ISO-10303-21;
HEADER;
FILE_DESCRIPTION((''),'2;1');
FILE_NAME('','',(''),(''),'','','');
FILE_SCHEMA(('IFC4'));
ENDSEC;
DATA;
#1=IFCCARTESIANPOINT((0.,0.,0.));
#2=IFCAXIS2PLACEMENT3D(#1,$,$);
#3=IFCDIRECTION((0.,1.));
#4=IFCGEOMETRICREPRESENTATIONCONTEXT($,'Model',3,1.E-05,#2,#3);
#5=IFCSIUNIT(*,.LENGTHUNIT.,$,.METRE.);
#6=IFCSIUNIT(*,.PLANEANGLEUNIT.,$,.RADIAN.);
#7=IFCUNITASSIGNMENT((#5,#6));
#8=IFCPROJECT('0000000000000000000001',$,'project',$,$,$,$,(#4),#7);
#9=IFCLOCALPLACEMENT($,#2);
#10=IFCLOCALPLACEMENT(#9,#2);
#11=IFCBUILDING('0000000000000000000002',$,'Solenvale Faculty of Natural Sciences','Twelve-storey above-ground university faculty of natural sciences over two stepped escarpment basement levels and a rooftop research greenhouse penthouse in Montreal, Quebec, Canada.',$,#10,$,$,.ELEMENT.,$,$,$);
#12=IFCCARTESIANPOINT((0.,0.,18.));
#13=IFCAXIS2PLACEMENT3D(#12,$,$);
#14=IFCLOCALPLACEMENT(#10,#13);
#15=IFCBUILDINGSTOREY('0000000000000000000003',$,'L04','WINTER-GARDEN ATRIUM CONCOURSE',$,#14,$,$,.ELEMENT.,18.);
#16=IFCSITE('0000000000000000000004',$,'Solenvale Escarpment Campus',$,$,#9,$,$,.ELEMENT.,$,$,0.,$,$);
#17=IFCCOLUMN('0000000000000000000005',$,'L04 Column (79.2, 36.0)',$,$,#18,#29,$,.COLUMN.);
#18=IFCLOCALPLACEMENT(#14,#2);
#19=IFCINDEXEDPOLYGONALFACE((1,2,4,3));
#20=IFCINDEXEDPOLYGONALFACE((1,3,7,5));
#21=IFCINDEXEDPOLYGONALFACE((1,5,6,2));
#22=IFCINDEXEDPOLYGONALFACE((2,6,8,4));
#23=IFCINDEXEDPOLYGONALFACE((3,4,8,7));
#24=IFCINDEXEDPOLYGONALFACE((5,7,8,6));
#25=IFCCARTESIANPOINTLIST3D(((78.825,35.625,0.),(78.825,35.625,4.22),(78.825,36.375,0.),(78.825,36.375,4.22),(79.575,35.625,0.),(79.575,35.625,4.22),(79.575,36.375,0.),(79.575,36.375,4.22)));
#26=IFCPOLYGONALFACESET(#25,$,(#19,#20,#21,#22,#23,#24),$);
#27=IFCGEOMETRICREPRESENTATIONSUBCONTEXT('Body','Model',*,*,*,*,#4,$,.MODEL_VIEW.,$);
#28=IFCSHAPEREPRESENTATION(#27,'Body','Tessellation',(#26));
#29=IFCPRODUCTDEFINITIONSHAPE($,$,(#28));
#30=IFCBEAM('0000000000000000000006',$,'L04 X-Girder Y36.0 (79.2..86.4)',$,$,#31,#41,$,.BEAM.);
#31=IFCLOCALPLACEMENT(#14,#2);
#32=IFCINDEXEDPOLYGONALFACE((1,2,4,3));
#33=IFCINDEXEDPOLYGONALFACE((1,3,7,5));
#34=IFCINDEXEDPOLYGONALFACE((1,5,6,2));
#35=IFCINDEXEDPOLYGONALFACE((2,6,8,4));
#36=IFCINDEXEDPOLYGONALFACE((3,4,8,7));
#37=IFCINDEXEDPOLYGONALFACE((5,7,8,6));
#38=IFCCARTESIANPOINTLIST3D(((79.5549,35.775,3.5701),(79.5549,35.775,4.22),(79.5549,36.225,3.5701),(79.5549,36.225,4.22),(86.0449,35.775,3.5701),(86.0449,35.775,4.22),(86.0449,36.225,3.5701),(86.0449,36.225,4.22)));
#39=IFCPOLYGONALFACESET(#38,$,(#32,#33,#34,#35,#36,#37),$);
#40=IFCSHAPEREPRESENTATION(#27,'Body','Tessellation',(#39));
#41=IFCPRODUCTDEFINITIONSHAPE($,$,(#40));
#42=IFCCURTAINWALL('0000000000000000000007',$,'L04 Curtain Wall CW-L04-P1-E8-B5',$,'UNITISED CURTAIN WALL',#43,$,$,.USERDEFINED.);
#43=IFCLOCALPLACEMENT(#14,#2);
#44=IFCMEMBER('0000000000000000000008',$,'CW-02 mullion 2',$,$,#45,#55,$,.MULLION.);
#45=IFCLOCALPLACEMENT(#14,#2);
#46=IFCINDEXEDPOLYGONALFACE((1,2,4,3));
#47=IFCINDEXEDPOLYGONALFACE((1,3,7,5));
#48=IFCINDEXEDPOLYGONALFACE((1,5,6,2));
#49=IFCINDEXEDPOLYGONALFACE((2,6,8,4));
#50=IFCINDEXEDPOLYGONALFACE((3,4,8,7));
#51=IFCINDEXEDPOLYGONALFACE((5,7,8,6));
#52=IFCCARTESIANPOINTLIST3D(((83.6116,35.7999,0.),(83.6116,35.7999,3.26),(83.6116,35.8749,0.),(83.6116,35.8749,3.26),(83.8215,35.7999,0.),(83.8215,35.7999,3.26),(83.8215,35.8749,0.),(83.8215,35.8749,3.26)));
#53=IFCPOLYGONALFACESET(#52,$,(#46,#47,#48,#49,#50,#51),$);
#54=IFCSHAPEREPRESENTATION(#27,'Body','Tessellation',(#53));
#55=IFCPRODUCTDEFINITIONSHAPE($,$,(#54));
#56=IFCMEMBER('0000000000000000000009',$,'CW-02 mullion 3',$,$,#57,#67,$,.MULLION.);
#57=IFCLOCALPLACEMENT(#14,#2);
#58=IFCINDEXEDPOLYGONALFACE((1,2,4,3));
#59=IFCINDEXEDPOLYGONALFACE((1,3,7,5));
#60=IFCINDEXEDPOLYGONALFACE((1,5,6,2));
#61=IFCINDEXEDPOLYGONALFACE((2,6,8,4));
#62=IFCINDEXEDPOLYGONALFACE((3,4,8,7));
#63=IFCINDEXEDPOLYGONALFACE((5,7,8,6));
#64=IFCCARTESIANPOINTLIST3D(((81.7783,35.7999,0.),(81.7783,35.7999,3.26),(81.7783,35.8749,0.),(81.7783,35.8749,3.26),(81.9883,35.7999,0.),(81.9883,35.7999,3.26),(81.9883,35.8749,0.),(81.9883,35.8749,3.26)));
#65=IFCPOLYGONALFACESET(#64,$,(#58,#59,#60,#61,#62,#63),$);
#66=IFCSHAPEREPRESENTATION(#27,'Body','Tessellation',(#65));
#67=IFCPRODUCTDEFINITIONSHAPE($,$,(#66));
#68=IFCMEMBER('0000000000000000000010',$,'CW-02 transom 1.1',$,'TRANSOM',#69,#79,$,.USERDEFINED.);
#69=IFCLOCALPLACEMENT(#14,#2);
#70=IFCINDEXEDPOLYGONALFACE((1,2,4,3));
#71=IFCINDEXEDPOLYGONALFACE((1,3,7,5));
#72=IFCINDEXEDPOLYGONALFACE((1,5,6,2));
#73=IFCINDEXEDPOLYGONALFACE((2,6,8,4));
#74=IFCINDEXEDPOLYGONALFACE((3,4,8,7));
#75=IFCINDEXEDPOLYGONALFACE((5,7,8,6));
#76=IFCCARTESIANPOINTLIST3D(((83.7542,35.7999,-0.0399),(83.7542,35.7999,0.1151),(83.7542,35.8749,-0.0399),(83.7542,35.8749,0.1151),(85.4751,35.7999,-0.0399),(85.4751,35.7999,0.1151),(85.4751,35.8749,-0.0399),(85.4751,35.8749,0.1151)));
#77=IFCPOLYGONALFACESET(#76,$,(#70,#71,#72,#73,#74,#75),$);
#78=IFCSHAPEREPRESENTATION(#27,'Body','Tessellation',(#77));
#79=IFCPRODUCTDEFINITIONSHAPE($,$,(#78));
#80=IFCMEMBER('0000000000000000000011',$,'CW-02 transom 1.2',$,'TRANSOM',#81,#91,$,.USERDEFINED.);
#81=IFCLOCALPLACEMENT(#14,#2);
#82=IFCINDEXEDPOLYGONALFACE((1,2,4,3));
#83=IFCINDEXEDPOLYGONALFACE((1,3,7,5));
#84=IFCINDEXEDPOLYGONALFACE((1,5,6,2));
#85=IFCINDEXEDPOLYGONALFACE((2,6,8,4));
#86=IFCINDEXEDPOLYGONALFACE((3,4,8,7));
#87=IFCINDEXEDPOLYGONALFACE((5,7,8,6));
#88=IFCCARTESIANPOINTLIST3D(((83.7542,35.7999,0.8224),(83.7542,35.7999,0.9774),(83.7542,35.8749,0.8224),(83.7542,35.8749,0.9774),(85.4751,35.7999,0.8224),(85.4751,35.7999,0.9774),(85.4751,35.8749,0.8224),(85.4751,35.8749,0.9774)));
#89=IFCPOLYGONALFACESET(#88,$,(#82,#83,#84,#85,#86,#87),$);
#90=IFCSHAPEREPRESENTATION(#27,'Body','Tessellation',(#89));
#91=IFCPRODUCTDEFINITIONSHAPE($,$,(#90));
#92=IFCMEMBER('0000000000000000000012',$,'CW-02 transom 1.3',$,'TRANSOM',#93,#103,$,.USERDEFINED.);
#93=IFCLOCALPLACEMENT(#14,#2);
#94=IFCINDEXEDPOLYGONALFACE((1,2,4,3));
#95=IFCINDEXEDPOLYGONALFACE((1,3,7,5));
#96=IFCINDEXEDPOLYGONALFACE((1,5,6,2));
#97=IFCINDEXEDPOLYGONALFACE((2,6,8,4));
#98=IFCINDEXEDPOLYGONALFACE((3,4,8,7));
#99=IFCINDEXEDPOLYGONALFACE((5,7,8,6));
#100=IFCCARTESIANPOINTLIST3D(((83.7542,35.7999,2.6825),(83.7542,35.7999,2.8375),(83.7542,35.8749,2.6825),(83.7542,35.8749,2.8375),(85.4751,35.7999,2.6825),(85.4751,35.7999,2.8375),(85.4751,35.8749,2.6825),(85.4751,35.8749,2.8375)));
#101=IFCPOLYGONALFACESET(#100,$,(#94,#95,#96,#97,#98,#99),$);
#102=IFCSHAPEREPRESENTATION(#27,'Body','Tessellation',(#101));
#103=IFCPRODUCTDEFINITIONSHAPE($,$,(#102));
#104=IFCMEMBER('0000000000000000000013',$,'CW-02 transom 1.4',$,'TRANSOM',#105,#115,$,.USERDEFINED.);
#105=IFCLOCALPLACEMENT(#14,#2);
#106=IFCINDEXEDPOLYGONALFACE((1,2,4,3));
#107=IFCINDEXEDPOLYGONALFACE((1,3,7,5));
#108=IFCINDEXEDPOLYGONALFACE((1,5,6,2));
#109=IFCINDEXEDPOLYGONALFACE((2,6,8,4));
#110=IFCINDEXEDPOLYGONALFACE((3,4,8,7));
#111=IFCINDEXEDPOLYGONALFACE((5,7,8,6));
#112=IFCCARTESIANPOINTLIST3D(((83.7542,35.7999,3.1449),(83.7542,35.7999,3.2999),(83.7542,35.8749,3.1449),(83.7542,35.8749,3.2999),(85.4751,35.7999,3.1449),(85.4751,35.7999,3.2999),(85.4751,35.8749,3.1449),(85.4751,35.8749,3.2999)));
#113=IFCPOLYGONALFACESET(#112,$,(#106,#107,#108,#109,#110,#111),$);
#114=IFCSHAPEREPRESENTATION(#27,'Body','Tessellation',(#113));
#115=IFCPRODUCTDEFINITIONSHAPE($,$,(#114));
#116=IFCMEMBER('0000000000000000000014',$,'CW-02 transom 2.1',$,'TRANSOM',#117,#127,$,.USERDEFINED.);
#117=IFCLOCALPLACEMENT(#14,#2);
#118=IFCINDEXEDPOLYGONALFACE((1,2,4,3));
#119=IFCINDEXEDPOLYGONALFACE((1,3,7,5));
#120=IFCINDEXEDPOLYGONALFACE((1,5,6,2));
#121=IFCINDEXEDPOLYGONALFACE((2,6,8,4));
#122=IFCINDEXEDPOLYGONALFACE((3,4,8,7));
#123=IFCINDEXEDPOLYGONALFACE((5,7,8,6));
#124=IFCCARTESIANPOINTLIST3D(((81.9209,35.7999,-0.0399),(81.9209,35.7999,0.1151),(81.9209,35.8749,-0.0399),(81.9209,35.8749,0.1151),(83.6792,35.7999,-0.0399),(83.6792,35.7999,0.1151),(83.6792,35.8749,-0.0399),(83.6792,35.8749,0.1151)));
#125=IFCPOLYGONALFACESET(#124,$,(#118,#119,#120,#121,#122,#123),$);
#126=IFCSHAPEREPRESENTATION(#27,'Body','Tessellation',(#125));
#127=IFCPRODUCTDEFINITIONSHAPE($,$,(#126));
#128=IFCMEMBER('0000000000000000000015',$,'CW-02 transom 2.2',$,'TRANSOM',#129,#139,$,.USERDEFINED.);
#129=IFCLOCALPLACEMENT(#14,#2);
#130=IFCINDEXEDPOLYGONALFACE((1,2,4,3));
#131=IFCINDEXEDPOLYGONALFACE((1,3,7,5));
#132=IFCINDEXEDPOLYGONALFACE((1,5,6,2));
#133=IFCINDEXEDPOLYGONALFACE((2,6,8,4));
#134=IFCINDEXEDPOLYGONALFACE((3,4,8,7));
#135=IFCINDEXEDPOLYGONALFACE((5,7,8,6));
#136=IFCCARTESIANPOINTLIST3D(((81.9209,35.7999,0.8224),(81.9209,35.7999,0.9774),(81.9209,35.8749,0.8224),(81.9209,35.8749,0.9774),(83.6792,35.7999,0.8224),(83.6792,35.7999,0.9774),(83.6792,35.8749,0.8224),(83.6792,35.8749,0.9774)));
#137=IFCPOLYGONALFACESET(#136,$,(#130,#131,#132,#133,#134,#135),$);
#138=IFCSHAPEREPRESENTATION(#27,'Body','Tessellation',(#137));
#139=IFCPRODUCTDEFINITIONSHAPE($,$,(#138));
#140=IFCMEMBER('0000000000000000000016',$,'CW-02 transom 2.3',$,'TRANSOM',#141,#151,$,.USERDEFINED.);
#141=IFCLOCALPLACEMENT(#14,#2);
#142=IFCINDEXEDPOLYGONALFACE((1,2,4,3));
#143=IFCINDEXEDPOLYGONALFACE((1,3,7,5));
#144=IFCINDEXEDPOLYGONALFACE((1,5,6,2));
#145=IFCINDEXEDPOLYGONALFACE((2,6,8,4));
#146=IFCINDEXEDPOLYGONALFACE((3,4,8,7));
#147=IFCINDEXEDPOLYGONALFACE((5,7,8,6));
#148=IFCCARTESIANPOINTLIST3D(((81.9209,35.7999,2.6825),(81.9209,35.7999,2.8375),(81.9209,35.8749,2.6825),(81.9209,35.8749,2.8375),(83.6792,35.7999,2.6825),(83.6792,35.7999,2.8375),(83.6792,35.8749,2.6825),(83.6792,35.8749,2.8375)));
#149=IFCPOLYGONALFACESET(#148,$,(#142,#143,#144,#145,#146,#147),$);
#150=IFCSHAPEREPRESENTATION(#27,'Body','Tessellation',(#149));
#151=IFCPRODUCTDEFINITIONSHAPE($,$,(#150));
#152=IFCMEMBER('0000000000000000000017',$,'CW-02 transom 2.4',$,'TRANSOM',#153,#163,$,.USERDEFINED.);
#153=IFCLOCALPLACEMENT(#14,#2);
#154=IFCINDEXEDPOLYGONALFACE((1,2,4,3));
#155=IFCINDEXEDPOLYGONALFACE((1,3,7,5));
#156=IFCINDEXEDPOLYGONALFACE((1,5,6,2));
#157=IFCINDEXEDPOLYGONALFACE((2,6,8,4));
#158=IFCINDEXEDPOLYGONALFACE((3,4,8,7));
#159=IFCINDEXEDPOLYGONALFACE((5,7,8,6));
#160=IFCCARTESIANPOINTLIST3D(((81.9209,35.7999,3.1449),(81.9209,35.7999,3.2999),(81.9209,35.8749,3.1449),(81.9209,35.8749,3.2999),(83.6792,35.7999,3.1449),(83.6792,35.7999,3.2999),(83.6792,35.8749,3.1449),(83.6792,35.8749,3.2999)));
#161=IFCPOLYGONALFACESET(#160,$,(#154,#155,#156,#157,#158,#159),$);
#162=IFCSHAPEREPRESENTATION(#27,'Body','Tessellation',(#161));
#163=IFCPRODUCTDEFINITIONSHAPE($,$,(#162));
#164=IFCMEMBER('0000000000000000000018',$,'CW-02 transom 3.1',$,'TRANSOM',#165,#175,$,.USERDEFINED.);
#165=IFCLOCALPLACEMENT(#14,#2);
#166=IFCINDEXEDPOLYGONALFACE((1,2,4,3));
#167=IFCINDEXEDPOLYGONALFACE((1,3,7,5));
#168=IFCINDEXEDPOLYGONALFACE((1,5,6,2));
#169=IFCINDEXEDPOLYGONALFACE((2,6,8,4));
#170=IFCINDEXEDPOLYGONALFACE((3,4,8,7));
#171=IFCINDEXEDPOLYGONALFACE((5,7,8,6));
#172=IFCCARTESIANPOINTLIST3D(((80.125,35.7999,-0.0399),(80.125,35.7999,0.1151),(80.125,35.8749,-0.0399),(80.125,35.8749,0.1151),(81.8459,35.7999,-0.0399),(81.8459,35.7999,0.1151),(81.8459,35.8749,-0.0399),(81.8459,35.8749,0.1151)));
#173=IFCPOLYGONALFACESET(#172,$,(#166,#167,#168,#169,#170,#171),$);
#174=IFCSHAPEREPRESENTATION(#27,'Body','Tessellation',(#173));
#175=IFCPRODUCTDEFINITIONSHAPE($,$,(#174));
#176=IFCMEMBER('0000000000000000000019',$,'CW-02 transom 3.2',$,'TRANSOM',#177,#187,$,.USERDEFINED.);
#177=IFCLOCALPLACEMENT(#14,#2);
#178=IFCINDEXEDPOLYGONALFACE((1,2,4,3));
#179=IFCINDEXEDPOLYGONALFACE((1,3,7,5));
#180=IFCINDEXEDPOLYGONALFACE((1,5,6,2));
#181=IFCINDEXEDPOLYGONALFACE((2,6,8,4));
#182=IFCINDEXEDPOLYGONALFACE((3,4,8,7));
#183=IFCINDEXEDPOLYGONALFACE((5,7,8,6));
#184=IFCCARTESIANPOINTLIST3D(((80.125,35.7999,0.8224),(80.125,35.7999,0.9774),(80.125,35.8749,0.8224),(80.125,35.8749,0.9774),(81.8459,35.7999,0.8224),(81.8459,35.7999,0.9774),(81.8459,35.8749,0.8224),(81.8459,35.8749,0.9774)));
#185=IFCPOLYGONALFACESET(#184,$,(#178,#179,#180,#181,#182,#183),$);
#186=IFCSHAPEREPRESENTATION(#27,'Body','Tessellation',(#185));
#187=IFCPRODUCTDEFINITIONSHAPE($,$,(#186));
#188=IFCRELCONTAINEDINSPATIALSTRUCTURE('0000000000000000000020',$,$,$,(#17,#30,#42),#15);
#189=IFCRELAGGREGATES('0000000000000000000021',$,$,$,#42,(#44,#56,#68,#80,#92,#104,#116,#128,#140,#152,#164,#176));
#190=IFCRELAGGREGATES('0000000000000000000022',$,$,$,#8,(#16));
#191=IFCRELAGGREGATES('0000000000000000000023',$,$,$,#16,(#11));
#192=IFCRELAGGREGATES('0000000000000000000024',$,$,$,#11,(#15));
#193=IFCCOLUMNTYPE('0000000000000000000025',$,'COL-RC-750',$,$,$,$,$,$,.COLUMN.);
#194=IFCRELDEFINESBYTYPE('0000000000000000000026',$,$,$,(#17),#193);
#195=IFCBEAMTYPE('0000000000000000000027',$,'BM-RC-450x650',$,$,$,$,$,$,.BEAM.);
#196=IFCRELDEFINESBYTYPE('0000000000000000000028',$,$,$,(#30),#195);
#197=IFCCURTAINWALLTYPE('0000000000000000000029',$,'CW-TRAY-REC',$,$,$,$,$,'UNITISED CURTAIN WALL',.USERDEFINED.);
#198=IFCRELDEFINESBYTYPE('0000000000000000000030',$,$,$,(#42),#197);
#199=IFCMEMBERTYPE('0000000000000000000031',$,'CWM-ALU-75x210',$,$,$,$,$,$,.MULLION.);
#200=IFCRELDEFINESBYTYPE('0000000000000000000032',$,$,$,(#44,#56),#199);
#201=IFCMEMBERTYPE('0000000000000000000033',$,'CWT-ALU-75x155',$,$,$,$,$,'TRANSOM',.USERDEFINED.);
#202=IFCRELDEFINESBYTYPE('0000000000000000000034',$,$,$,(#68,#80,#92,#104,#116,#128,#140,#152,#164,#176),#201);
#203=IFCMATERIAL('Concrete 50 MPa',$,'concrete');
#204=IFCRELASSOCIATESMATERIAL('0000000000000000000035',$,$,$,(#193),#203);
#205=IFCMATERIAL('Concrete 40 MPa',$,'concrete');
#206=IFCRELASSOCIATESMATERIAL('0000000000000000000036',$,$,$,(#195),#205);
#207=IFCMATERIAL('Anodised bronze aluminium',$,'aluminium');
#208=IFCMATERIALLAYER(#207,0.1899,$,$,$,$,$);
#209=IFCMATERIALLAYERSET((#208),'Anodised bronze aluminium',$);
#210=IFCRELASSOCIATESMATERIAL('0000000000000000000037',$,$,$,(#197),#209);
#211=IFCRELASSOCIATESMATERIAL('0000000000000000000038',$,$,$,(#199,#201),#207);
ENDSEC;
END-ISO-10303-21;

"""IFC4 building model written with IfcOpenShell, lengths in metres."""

from ifc_helpers import new_model, si_unit, direction, frame, origin, origin_2d, place, context, subcontext, project, spatial, rectangle, extrude, material, layer, layer_set, material_profile, profile_set, type_object, element, aggregate, save


model = new_model("IFC4")

# Units and contexts
model_context = context("Model", 3, precision=1e-05, world=origin(), true_north=direction((0.0, 1.0)))
body_context = subcontext(model_context, "Body", "Model", "MODEL_VIEW")
ifc_project = project(units=[si_unit("LENGTHUNIT", "METRE"), si_unit("PLANEANGLEUNIT", "RADIAN")], contexts=[model_context])

# Site, building, storey
site_placement = place(None, origin())
site = spatial("IfcSite", under=ifc_project, at=site_placement, Name="Solenvale Escarpment Campus", CompositionType="ELEMENT", RefElevation=0.0)
building_placement = place(site_placement, origin())
building = spatial("IfcBuilding", under=site, at=building_placement, Name="Solenvale Faculty of Natural Sciences", Description="Twelve-storey above-ground university faculty of natural sciences over two stepped escarpment basement levels and a rooftop research greenhouse penthouse in Montreal, Quebec, Canada.", CompositionType="ELEMENT")
storey_placement = place(building_placement, frame((0.0, 0.0, 18.0)))
storey = spatial("IfcBuildingStorey", under=building, at=storey_placement, Name="L04", Description="WINTER-GARDEN ATRIUM CONCOURSE", CompositionType="ELEMENT", Elevation=18.0)

# Column
ifc_material_1 = material(Name="Concrete 50 MPa", Category="concrete")
ifc_material_profile_1 = material_profile(ifc_material_1, rectangle(XDim=0.75, YDim=0.75, at=origin_2d()), Name="RC-COL-750x750")
ifc_profile_set_1 = profile_set([ifc_material_profile_1], Name="Concrete 50 MPa")
column_type = type_object("IfcColumnType", Name="COL-RC-750", PredefinedType="COLUMN", material=ifc_profile_set_1)
column_placement = place(storey_placement, frame((79.2, 36.0, 0.0), z_axis=(0.0, 0.0, 1.0), x_axis=(1.0, 0.0, 0.0)))
element("IfcColumn", 1, at=column_placement, inside=storey, type_object=column_type, Name="L04 Column (79.2, 36.0)", PredefinedType="COLUMN", context=body_context, shape_type="SweptSolid", body=[
    extrude(rectangle(XDim=0.75, YDim=0.75, at=origin_2d()), origin(), (0.0, 0.0, 1.0), 4.22),
])

# Beam
ifc_material_2 = material(Name="Concrete 40 MPa", Category="concrete")
ifc_material_profile_2 = material_profile(ifc_material_2, rectangle(XDim=0.45, YDim=0.6499, at=origin_2d()), Name="RC-BM-450x650")
ifc_profile_set_2 = profile_set([ifc_material_profile_2], Name="Concrete 40 MPa")
beam_type = type_object("IfcBeamType", Name="BM-RC-450x650", PredefinedType="BEAM", material=ifc_profile_set_2)
beam_placement = place(storey_placement, frame((79.5549, 36.0, 3.895), z_axis=(1.0, 0.0, 0.0), x_axis=(0.0, 1.0, 0.0)))
element("IfcBeam", 2, at=beam_placement, inside=storey, type_object=beam_type, Name="L04 X-Girder Y36.0 (79.2..86.4)", PredefinedType="BEAM", context=body_context, shape_type="SweptSolid", body=[
    extrude(rectangle(XDim=0.45, YDim=0.6499, at=origin_2d()), origin(), (0.0, 0.0, 1.0), 6.49),
])

# Curtain wall, members
ifc_material_3 = material(Name="Anodised bronze aluminium", Category="aluminium")
ifc_layer_1 = layer(ifc_material_3, 0.1899)
ifc_layer_set_1 = layer_set([ifc_layer_1], Name="Anodised bronze aluminium")
curtain_wall_type = type_object("IfcCurtainWallType", Name="CW-TRAY-REC", ElementType="UNITISED CURTAIN WALL", PredefinedType="USERDEFINED", material=ifc_layer_set_1)
curtain_wall_placement = place(storey_placement, origin())
curtain_wall = element("IfcCurtainWall", 3, at=curtain_wall_placement, inside=storey, type_object=curtain_wall_type, Name="L04 Curtain Wall CW-L04-P1-E8-B5", ObjectType="UNITISED CURTAIN WALL", PredefinedType="USERDEFINED")
ifc_material_profile_3 = material_profile(ifc_material_3, rectangle(XDim=0.075, YDim=0.21, at=origin_2d()), Name="ALU-MUL-75x210")
ifc_profile_set_3 = profile_set([ifc_material_profile_3], Name="Anodised bronze aluminium")
member_type_1 = type_object("IfcMemberType", Name="CWM-ALU-75x210", PredefinedType="MULLION", material=ifc_profile_set_3)
member_1_placement = place(storey_placement, frame((83.7166, 35.8374, 0.0), z_axis=(0.0, 0.0, 1.0), x_axis=(0.0, -1.0, 0.0)))
member_1 = element("IfcMember", 4, at=member_1_placement, type_object=member_type_1, Name="CW-02 mullion 2", PredefinedType="MULLION", context=body_context, shape_type="SweptSolid", body=[
    extrude(rectangle(XDim=0.075, YDim=0.21, at=origin_2d()), origin(), (0.0, 0.0, 1.0), 3.26),
])
member_2_placement = place(storey_placement, frame((81.8833, 35.8374, 0.0), z_axis=(0.0, 0.0, 1.0), x_axis=(0.0, -1.0, 0.0)))
member_2 = element("IfcMember", 5, at=member_2_placement, type_object=member_type_1, Name="CW-02 mullion 3", PredefinedType="MULLION", context=body_context, shape_type="SweptSolid", body=[
    extrude(rectangle(XDim=0.075, YDim=0.21, at=origin_2d()), origin(), (0.0, 0.0, 1.0), 3.26),
])
ifc_material_profile_4 = material_profile(ifc_material_3, rectangle(XDim=0.075, YDim=0.155, at=origin_2d()), Name="ALU-TRN-75x155")
ifc_profile_set_4 = profile_set([ifc_material_profile_4], Name="Anodised bronze aluminium")
member_type_2 = type_object("IfcMemberType", Name="CWT-ALU-75x155", ElementType="TRANSOM", PredefinedType="USERDEFINED", material=ifc_profile_set_4)
member_3_placement = place(storey_placement, frame((85.4751, 35.8374, 0.0376), z_axis=(-1.0, 0.0, 0.0), x_axis=(0.0, -1.0, 0.0)))
member_3 = element("IfcMember", 6, at=member_3_placement, type_object=member_type_2, Name="CW-02 transom 1.1", ObjectType="TRANSOM", PredefinedType="USERDEFINED", context=body_context, shape_type="SweptSolid", body=[
    extrude(rectangle(XDim=0.075, YDim=0.155, at=origin_2d()), origin(), (0.0, 0.0, 1.0), 1.7209),
])
member_4_placement = place(storey_placement, frame((85.4751, 35.8374, 0.8999), z_axis=(-1.0, 0.0, 0.0), x_axis=(0.0, -1.0, 0.0)))
member_4 = element("IfcMember", 7, at=member_4_placement, type_object=member_type_2, Name="CW-02 transom 1.2", ObjectType="TRANSOM", PredefinedType="USERDEFINED", context=body_context, shape_type="SweptSolid", body=[
    extrude(rectangle(XDim=0.075, YDim=0.155, at=origin_2d()), origin(), (0.0, 0.0, 1.0), 1.7209),
])
member_5_placement = place(storey_placement, frame((85.4751, 35.8374, 2.76), z_axis=(-1.0, 0.0, 0.0), x_axis=(0.0, -1.0, 0.0)))
member_5 = element("IfcMember", 8, at=member_5_placement, type_object=member_type_2, Name="CW-02 transom 1.3", ObjectType="TRANSOM", PredefinedType="USERDEFINED", context=body_context, shape_type="SweptSolid", body=[
    extrude(rectangle(XDim=0.075, YDim=0.155, at=origin_2d()), origin(), (0.0, 0.0, 1.0), 1.7209),
])
member_6_placement = place(storey_placement, frame((85.4751, 35.8374, 3.2224), z_axis=(-1.0, 0.0, 0.0), x_axis=(0.0, -1.0, 0.0)))
member_6 = element("IfcMember", 9, at=member_6_placement, type_object=member_type_2, Name="CW-02 transom 1.4", ObjectType="TRANSOM", PredefinedType="USERDEFINED", context=body_context, shape_type="SweptSolid", body=[
    extrude(rectangle(XDim=0.075, YDim=0.155, at=origin_2d()), origin(), (0.0, 0.0, 1.0), 1.7209),
])
member_7_placement = place(storey_placement, frame((83.6792, 35.8374, 0.0376), z_axis=(-1.0, 0.0, 0.0), x_axis=(0.0, -1.0, 0.0)))
member_7 = element("IfcMember", 10, at=member_7_placement, type_object=member_type_2, Name="CW-02 transom 2.1", ObjectType="TRANSOM", PredefinedType="USERDEFINED", context=body_context, shape_type="SweptSolid", body=[
    extrude(rectangle(XDim=0.075, YDim=0.155, at=origin_2d()), origin(), (0.0, 0.0, 1.0), 1.7583),
])
member_8_placement = place(storey_placement, frame((83.6792, 35.8374, 0.8999), z_axis=(-1.0, 0.0, 0.0), x_axis=(0.0, -1.0, 0.0)))
member_8 = element("IfcMember", 11, at=member_8_placement, type_object=member_type_2, Name="CW-02 transom 2.2", ObjectType="TRANSOM", PredefinedType="USERDEFINED", context=body_context, shape_type="SweptSolid", body=[
    extrude(rectangle(XDim=0.075, YDim=0.155, at=origin_2d()), origin(), (0.0, 0.0, 1.0), 1.7583),
])
member_9_placement = place(storey_placement, frame((83.6792, 35.8374, 2.76), z_axis=(-1.0, 0.0, 0.0), x_axis=(0.0, -1.0, 0.0)))
member_9 = element("IfcMember", 12, at=member_9_placement, type_object=member_type_2, Name="CW-02 transom 2.3", ObjectType="TRANSOM", PredefinedType="USERDEFINED", context=body_context, shape_type="SweptSolid", body=[
    extrude(rectangle(XDim=0.075, YDim=0.155, at=origin_2d()), origin(), (0.0, 0.0, 1.0), 1.7583),
])
member_10_placement = place(storey_placement, frame((83.6792, 35.8374, 3.2224), z_axis=(-1.0, 0.0, 0.0), x_axis=(0.0, -1.0, 0.0)))
member_10 = element("IfcMember", 13, at=member_10_placement, type_object=member_type_2, Name="CW-02 transom 2.4", ObjectType="TRANSOM", PredefinedType="USERDEFINED", context=body_context, shape_type="SweptSolid", body=[
    extrude(rectangle(XDim=0.075, YDim=0.155, at=origin_2d()), origin(), (0.0, 0.0, 1.0), 1.7583),
])
member_11_placement = place(storey_placement, frame((81.8459, 35.8374, 0.0376), z_axis=(-1.0, 0.0, 0.0), x_axis=(0.0, -1.0, 0.0)))
member_11 = element("IfcMember", 14, at=member_11_placement, type_object=member_type_2, Name="CW-02 transom 3.1", ObjectType="TRANSOM", PredefinedType="USERDEFINED", context=body_context, shape_type="SweptSolid", body=[
    extrude(rectangle(XDim=0.075, YDim=0.155, at=origin_2d()), origin(), (0.0, 0.0, 1.0), 1.7209),
])
member_12_placement = place(storey_placement, frame((81.8459, 35.8374, 0.8999), z_axis=(-1.0, 0.0, 0.0), x_axis=(0.0, -1.0, 0.0)))
member_12 = element("IfcMember", 15, at=member_12_placement, type_object=member_type_2, Name="CW-02 transom 3.2", ObjectType="TRANSOM", PredefinedType="USERDEFINED", context=body_context, shape_type="SweptSolid", body=[
    extrude(rectangle(XDim=0.075, YDim=0.155, at=origin_2d()), origin(), (0.0, 0.0, 1.0), 1.7209),
])
aggregate(curtain_wall, [member_1, member_2, member_3, member_4, member_5, member_6, member_7, member_8, member_9, member_10, member_11, member_12])

save(model, "model.ifc")
